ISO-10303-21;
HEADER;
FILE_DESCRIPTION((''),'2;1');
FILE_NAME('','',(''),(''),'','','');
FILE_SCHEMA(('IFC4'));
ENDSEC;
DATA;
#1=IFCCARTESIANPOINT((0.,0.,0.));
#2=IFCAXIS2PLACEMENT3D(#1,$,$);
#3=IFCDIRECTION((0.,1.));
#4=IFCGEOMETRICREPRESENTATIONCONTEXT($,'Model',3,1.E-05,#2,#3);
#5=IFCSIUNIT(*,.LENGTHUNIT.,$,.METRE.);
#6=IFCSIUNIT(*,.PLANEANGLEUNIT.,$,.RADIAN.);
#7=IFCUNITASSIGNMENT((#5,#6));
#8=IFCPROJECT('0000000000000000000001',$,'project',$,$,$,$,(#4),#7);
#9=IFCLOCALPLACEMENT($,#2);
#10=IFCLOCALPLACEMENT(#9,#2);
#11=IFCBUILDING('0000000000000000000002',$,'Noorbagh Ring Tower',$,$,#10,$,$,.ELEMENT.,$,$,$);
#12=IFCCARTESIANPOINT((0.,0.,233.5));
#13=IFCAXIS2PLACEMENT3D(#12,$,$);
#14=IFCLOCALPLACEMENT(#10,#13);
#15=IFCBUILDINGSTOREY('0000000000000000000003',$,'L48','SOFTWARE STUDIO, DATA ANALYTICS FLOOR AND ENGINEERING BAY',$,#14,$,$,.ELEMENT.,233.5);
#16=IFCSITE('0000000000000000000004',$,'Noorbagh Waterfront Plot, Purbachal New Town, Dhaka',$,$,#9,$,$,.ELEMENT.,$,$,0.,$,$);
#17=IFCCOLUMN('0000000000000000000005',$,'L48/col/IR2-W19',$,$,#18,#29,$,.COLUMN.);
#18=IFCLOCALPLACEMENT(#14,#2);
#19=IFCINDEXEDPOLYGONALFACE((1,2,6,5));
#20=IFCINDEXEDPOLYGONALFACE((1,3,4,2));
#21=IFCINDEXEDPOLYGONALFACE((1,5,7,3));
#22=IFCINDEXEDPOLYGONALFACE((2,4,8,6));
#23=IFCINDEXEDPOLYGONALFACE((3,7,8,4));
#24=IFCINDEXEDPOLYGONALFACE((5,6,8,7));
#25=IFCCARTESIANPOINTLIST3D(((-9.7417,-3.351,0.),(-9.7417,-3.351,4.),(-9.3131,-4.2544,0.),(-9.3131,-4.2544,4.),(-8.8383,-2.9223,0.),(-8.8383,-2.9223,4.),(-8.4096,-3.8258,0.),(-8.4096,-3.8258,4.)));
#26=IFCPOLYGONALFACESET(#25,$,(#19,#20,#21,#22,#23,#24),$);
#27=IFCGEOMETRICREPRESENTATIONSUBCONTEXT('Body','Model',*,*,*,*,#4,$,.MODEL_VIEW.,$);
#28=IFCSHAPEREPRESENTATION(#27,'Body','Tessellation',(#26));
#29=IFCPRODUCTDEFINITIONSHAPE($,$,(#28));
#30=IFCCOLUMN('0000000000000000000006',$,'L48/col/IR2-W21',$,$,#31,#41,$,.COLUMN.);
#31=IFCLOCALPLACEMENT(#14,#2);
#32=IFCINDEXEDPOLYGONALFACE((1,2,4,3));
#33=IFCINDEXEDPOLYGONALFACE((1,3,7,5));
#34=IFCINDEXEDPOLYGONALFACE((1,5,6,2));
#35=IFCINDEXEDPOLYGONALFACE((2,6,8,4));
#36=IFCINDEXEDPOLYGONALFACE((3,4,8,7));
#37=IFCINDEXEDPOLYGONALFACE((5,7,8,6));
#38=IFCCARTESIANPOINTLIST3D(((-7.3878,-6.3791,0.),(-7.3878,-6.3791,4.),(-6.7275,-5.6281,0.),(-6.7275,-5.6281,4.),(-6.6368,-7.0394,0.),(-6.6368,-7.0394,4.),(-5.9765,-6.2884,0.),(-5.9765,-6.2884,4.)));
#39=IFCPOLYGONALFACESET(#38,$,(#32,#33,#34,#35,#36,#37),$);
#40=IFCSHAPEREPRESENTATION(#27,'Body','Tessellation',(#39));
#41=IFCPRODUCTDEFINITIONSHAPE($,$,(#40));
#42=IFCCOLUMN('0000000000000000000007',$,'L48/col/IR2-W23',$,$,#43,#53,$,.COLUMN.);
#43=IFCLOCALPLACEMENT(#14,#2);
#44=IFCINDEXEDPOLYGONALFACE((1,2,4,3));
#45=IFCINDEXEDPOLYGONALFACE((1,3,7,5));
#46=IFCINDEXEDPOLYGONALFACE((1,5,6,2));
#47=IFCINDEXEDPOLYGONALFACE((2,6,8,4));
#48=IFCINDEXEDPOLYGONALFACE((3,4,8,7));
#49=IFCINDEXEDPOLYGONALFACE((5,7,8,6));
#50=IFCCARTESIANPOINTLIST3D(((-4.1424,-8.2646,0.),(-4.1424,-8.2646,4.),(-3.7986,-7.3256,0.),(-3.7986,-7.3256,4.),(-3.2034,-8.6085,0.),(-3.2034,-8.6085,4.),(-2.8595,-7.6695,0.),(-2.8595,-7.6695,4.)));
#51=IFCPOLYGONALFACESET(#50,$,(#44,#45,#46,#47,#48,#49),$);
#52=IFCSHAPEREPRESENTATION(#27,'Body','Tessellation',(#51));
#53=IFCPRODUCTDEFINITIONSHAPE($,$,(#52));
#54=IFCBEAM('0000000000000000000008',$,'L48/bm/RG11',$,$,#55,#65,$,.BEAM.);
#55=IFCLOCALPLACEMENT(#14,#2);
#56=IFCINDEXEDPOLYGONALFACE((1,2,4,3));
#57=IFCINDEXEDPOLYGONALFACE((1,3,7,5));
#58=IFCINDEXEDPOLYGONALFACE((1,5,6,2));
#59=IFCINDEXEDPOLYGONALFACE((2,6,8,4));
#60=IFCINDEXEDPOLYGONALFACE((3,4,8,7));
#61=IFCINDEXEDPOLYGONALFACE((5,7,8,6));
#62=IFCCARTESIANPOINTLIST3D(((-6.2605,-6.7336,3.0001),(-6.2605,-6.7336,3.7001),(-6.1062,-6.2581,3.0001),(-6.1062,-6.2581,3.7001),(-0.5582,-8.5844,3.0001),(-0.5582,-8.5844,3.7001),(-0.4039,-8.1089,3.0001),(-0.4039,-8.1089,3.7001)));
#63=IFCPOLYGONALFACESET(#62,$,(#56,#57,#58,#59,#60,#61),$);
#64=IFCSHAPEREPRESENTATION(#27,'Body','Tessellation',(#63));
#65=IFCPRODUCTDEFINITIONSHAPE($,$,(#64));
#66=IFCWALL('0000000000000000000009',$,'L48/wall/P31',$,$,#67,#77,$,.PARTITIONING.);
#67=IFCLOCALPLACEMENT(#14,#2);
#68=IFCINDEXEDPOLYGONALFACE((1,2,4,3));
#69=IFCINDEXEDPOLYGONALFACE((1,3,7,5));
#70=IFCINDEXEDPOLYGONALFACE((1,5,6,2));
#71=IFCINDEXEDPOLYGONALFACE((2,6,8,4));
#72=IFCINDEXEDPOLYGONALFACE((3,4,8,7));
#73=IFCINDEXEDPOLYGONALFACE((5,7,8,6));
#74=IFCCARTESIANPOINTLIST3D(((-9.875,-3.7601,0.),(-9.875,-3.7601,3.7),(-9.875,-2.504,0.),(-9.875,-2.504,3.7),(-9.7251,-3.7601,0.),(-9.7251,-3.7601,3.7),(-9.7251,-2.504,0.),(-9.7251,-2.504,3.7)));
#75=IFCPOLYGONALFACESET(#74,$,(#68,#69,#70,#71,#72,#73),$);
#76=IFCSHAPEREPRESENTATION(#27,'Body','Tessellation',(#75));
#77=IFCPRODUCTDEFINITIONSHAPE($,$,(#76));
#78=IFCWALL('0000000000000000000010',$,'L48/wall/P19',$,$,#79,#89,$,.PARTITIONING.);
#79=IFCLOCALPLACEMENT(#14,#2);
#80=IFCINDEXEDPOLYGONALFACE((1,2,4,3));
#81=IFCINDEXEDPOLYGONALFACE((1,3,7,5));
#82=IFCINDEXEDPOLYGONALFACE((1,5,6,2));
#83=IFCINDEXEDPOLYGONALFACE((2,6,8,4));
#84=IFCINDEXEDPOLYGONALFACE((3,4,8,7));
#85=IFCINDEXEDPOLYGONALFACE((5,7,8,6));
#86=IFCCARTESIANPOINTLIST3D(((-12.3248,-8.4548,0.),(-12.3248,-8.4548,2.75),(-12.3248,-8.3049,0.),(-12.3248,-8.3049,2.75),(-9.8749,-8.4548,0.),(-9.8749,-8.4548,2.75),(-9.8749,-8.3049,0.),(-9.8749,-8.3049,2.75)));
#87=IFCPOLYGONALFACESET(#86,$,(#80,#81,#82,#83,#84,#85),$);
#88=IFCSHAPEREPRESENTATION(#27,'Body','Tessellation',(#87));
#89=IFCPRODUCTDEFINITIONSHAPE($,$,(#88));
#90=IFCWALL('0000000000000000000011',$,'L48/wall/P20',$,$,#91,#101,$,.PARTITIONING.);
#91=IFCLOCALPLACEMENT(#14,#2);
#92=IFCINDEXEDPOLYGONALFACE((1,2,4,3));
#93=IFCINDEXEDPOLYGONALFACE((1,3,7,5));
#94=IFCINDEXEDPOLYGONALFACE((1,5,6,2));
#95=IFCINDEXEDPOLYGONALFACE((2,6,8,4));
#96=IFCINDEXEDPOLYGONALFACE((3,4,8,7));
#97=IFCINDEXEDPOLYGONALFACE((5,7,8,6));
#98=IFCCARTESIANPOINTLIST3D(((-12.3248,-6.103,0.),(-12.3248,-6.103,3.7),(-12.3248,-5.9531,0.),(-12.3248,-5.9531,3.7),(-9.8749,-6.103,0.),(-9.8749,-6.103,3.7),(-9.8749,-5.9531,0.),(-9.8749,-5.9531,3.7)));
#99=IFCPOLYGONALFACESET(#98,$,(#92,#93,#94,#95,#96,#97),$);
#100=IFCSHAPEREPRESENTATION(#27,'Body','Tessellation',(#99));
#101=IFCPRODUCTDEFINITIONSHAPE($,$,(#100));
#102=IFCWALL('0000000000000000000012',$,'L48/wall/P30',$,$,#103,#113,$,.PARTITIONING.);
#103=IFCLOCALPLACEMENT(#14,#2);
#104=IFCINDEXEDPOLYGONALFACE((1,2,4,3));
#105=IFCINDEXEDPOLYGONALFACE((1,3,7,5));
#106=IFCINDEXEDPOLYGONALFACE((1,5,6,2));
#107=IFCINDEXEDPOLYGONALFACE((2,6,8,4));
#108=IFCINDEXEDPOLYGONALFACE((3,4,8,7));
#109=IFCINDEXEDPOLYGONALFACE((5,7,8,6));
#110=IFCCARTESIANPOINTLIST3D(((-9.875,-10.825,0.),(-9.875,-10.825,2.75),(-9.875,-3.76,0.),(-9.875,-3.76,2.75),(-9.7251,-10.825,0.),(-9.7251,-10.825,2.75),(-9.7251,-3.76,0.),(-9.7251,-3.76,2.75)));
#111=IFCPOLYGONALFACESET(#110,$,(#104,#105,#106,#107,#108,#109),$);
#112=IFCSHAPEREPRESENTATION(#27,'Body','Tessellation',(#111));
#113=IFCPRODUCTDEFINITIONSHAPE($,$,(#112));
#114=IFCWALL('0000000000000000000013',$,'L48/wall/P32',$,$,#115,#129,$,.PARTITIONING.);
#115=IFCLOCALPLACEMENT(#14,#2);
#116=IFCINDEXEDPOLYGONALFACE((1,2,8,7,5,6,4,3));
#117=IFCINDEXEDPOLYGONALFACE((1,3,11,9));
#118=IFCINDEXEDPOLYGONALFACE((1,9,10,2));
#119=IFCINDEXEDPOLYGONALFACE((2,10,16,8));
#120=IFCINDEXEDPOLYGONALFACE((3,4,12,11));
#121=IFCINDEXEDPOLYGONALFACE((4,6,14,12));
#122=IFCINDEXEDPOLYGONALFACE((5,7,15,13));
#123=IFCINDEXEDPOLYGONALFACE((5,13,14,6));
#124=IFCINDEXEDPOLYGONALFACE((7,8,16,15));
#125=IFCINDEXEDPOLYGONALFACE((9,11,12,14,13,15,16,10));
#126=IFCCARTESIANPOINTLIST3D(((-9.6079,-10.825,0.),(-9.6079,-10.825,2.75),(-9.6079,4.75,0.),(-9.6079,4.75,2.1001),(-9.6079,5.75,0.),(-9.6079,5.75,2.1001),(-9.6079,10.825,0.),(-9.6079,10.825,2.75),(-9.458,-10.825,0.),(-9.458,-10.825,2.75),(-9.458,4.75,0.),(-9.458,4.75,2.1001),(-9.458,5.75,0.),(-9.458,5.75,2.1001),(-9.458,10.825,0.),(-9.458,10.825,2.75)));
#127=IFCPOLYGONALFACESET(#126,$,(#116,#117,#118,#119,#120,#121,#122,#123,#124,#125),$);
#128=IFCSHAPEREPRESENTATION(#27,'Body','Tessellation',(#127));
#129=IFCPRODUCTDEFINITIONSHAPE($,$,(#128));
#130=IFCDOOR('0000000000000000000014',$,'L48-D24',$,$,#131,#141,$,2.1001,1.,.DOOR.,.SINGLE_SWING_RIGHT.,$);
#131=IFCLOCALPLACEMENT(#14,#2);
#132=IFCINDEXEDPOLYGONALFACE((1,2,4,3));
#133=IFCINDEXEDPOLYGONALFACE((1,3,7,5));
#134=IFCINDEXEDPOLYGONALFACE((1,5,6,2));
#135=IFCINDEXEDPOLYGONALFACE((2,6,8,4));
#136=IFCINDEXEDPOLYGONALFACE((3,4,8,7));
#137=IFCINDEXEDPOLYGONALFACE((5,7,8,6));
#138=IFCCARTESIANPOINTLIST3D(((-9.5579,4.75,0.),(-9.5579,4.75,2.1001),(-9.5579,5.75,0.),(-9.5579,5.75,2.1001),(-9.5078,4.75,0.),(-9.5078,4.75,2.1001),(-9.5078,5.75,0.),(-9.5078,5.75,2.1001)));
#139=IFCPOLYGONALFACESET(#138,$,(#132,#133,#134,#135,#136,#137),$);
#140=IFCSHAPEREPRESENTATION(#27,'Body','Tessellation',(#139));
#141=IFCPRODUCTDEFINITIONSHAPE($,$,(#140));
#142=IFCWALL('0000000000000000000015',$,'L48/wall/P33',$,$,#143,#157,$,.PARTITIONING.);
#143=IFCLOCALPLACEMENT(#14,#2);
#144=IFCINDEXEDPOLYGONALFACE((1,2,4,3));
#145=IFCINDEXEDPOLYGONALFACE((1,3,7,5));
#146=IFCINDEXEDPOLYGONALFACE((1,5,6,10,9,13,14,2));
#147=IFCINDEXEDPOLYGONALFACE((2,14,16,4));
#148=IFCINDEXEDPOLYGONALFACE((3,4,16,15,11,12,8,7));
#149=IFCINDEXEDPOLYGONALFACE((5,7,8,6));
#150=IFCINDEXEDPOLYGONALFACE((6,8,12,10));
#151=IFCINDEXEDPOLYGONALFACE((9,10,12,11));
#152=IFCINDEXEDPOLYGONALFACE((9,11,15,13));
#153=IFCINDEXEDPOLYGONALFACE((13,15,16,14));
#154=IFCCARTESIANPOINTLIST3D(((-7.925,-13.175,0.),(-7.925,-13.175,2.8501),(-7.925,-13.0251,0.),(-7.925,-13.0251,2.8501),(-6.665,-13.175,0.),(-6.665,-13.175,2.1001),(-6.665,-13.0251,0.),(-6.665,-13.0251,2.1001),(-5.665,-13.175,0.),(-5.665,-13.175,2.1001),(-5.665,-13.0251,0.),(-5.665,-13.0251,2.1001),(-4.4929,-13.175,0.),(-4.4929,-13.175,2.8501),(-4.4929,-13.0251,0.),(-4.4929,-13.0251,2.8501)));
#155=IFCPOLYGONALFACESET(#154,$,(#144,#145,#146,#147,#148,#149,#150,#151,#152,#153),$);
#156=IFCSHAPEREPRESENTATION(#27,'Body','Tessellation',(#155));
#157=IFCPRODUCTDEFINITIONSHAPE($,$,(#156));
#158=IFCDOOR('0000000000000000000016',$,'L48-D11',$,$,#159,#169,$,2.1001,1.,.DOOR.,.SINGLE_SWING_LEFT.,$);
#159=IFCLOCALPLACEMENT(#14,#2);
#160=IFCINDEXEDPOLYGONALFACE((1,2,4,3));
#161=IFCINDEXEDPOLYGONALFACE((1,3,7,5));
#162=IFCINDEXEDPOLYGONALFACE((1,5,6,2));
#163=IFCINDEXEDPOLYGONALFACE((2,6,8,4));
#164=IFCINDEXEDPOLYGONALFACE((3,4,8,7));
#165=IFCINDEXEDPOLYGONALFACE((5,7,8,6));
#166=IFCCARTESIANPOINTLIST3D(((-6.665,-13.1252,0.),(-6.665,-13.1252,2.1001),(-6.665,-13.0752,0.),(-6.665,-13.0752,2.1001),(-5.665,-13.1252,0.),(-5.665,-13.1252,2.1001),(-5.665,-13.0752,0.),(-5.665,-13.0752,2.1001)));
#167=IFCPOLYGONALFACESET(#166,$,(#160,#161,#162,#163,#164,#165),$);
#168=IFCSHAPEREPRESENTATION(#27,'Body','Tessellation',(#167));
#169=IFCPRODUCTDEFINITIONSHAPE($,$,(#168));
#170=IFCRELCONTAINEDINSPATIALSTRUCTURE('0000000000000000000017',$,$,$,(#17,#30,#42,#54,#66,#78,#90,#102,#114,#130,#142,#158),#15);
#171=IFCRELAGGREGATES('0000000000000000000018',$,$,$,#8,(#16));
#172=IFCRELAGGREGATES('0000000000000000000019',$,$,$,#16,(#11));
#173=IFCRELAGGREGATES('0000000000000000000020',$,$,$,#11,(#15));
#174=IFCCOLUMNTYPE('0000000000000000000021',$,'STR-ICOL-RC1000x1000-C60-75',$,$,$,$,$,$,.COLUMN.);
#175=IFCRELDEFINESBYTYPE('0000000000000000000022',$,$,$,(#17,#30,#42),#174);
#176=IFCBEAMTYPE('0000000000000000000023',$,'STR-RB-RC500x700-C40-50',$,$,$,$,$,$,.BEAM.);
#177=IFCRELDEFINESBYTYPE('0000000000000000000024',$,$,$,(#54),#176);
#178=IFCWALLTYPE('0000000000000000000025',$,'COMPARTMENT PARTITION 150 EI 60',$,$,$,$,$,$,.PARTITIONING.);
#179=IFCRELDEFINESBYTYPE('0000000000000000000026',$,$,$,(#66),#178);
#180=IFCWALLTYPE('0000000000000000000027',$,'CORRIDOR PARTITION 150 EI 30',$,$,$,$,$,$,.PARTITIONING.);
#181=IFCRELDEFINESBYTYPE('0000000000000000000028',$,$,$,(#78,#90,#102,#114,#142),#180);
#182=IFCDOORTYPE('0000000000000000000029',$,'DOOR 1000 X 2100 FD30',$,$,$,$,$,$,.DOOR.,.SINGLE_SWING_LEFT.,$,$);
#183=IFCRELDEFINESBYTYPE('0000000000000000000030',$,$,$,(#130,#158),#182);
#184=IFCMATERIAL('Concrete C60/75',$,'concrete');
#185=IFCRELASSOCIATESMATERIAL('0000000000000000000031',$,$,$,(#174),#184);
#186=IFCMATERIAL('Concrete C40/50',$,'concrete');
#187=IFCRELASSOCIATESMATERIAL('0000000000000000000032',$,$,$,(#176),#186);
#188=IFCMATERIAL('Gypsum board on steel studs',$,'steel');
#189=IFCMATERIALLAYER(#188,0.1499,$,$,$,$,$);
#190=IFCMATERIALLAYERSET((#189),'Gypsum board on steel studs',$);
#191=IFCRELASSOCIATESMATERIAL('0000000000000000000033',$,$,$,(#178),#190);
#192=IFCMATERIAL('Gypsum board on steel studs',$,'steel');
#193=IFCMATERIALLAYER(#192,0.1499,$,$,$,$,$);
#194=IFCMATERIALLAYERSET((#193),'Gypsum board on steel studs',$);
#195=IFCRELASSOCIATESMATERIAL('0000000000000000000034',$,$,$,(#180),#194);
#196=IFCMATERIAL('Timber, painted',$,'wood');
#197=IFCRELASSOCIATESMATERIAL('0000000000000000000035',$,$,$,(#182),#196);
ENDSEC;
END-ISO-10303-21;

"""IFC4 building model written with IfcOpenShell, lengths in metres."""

from ifc_helpers import new_model, si_unit, direction, frame, frame_2d, origin, origin_2d, place, context, subcontext, project, spatial, rectangle, extrude, material, layer, layer_set, material_profile, profile_set, type_object, element, fill, save


model = new_model("IFC4")

# Units and contexts
model_context = context("Model", 3, precision=1e-05, world=origin(), true_north=direction((0.0, 1.0)))
body_context = subcontext(model_context, "Body", "Model", "MODEL_VIEW")
ifc_project = project(units=[si_unit("LENGTHUNIT", "METRE"), si_unit("PLANEANGLEUNIT", "RADIAN")], contexts=[model_context])

# Site, building, storey
site_placement = place(None, origin())
site = spatial("IfcSite", under=ifc_project, at=site_placement, Name="Noorbagh Waterfront Plot, Purbachal New Town, Dhaka", CompositionType="ELEMENT", RefElevation=0.0)
building_placement = place(site_placement, origin())
building = spatial("IfcBuilding", under=site, at=building_placement, Name="Noorbagh Ring Tower", CompositionType="ELEMENT")
storey_placement = place(building_placement, frame((0.0, 0.0, 233.5)))
storey = spatial("IfcBuildingStorey", under=building, at=storey_placement, Name="L48", Description="SOFTWARE STUDIO, DATA ANALYTICS FLOOR AND ENGINEERING BAY", CompositionType="ELEMENT", Elevation=233.5)

# Columns
ifc_material_1 = material(Name="Concrete C60/75", Category="concrete")
ifc_material_profile_1 = material_profile(ifc_material_1, rectangle(XDim=1.0, YDim=1.0, at=origin_2d()), Name="RC1000x1000")
ifc_profile_set_1 = profile_set([ifc_material_profile_1], Name="Concrete C60/75")
column_type = type_object("IfcColumnType", Name="STR-ICOL-RC1000x1000-C60-75", PredefinedType="COLUMN", material=ifc_profile_set_1)
for number, where, z_axis, x_axis, name in (
    (1, (-9.0757, -3.5884, 0.0), (0.0, 0.0, 1.0), (0.428667, -0.903463, 0.0), "L48/col/IR2-W19"),
    (2, (-6.6821, -6.3337, 0.0), (0.0, 0.0, 1.0), (0.751022, -0.660277, 0.0), "L48/col/IR2-W21"),
    (3, (-3.501, -7.967, 0.0), (0.0, 0.0, 1.0), (0.93902, -0.343864, 0.0), "L48/col/IR2-W23"),
):
    element("IfcColumn", number, at=place(storey_placement, frame(where, z_axis=z_axis, x_axis=x_axis)), inside=storey, type_object=column_type, Name=name, PredefinedType="COLUMN", context=body_context, shape_type="SweptSolid", body=[
        extrude(rectangle(XDim=1.0, YDim=1.0, at=origin_2d()), origin(), (0.0, 0.0, 1.0), 4.0),
    ])

# Beam
ifc_material_2 = material(Name="Concrete C40/50", Category="concrete")
ifc_material_profile_2 = material_profile(ifc_material_2, rectangle(XDim=0.5, YDim=0.7, at=origin_2d()), Name="RC500x700")
ifc_profile_set_2 = profile_set([ifc_material_profile_2], Name="Concrete C40/50")
beam_type = type_object("IfcBeamType", Name="STR-RB-RC500x700-C40-50", PredefinedType="BEAM", material=ifc_profile_set_2)
beam_placement = place(storey_placement, frame((-6.1833, -6.4958, 3.3501), z_axis=(0.951154, -0.308717, 0.0), x_axis=(0.308717, 0.951154, 0.0)))
element("IfcBeam", 4, at=beam_placement, inside=storey, type_object=beam_type, Name="L48/bm/RG11", PredefinedType="BEAM", context=body_context, shape_type="SweptSolid", body=[
    extrude(rectangle(XDim=0.5, YDim=0.7, at=origin_2d()), origin(), (0.0, 0.0, 1.0), 5.9951),
])

# Walls
ifc_material_3 = material(Name="Gypsum board on steel studs", Category="steel")
ifc_layer_1 = layer(ifc_material_3, 0.1499)
ifc_layer_set_1 = layer_set([ifc_layer_1], Name="Gypsum board on steel studs")
wall_type_1 = type_object("IfcWallType", Name="COMPARTMENT PARTITION 150 EI 60", PredefinedType="PARTITIONING", material=ifc_layer_set_1)
wall_1_placement = place(storey_placement, frame((-9.8, -3.76, 0.0), z_axis=(0.0, 0.0, 1.0), x_axis=(0.0, 1.0, 0.0)))
element("IfcWall", 5, at=wall_1_placement, inside=storey, type_object=wall_type_1, Name="L48/wall/P31", PredefinedType="PARTITIONING", context=body_context, shape_type="SweptSolid", body=[
    extrude(rectangle(XDim=1.2561, YDim=0.1499, at=frame_2d((0.6279, 0.0))), origin(), (0.0, 0.0, 1.0), 3.7),
])
ifc_material_4 = material(Name="Gypsum board on steel studs", Category="steel")
ifc_layer_2 = layer(ifc_material_4, 0.1499)
ifc_layer_set_2 = layer_set([ifc_layer_2], Name="Gypsum board on steel studs")
wall_type_2 = type_object("IfcWallType", Name="CORRIDOR PARTITION 150 EI 30", PredefinedType="PARTITIONING", material=ifc_layer_set_2)
wall_2_placement = place(storey_placement, frame((-12.325, -8.3799, 0.0), z_axis=(0.0, 0.0, 1.0), x_axis=(1.0, 0.0, 0.0)))
element("IfcWall", 6, at=wall_2_placement, inside=storey, type_object=wall_type_2, Name="L48/wall/P19", PredefinedType="PARTITIONING", context=body_context, shape_type="SweptSolid", body=[
    extrude(rectangle(XDim=2.45, YDim=0.1499, at=frame_2d((1.2251, 0.0))), origin(), (0.0, 0.0, 1.0), 2.75),
])
wall_3_placement = place(storey_placement, frame((-12.325, -6.0281, 0.0), z_axis=(0.0, 0.0, 1.0), x_axis=(1.0, 0.0, 0.0)))
element("IfcWall", 7, at=wall_3_placement, inside=storey, type_object=wall_type_2, Name="L48/wall/P20", PredefinedType="PARTITIONING", context=body_context, shape_type="SweptSolid", body=[
    extrude(rectangle(XDim=2.45, YDim=0.1499, at=frame_2d((1.2251, 0.0))), origin(), (0.0, 0.0, 1.0), 3.7),
])
wall_4_placement = place(storey_placement, frame((-9.8, -10.825, 0.0), z_axis=(0.0, 0.0, 1.0), x_axis=(0.0, 1.0, 0.0)))
element("IfcWall", 8, at=wall_4_placement, inside=storey, type_object=wall_type_2, Name="L48/wall/P30", PredefinedType="PARTITIONING", context=body_context, shape_type="SweptSolid", body=[
    extrude(rectangle(XDim=7.0649, YDim=0.1499, at=frame_2d((3.5325, 0.0))), origin(), (0.0, 0.0, 1.0), 2.75),
])

# Walls, openings, doors
wall_5_placement = place(storey_placement, frame((-9.533, -10.825, 0.0), z_axis=(0.0, 0.0, 1.0), x_axis=(0.0, 1.0, 0.0)))
wall_5 = element("IfcWall", 9, at=wall_5_placement, inside=storey, type_object=wall_type_2, Name="L48/wall/P32", PredefinedType="PARTITIONING", context=body_context, shape_type="SweptSolid", body=[
    extrude(rectangle(XDim=21.6499, YDim=0.1499, at=frame_2d((10.825, 0.0))), origin(), (0.0, 0.0, 1.0), 2.75),
])
opening_1_placement = place(wall_5_placement, frame((15.575, 0.0, 0.0)))
opening_1 = element("IfcOpeningElement", 10, at=opening_1_placement, cuts=wall_5, PredefinedType="OPENING", context=body_context, shape_type="SweptSolid", body=[
    extrude(rectangle(XDim=1.0, YDim=2.1001, at=frame_2d((0.5, 1.05))), frame((0.0, 0.085, 0.0), z_axis=(0.0, -1.0, 0.0), x_axis=(1.0, 0.0, 0.0)), (0.0, 0.0, 1.0), 0.1699),
])
ifc_material_5 = material(Name="Timber, painted", Category="wood")
door_type = type_object("IfcDoorType", Name="DOOR 1000 X 2100 FD30", OperationType="SINGLE_SWING_LEFT", PredefinedType="DOOR", material=ifc_material_5)
door_1_placement = place(opening_1_placement, origin())
door_1 = element("IfcDoor", 11, at=door_1_placement, inside=storey, type_object=door_type, Name="L48-D24", OperationType="SINGLE_SWING_RIGHT", OverallHeight=2.1001, OverallWidth=1.0, PredefinedType="DOOR", context=body_context, shape_type="SweptSolid", body=[
    extrude(rectangle(XDim=1.0, YDim=2.1001, at=frame_2d((0.5, 1.05))), frame((0.0, 0.0249, 0.0), z_axis=(0.0, -1.0, 0.0), x_axis=(1.0, 0.0, 0.0)), (0.0, 0.0, 1.0), 0.05),
])
fill(opening_1, door_1)
wall_6_placement = place(storey_placement, frame((-7.925, -13.1001, 0.0), z_axis=(0.0, 0.0, 1.0), x_axis=(1.0, 0.0, 0.0)))
wall_6 = element("IfcWall", 12, at=wall_6_placement, inside=storey, type_object=wall_type_2, Name="L48/wall/P33", PredefinedType="PARTITIONING", context=body_context, shape_type="SweptSolid", body=[
    extrude(rectangle(XDim=3.4321, YDim=0.1499, at=frame_2d((1.7161, 0.0))), origin(), (0.0, 0.0, 1.0), 2.8501),
])
opening_2_placement = place(wall_6_placement, frame((1.26, 0.0, 0.0)))
opening_2 = element("IfcOpeningElement", 13, at=opening_2_placement, cuts=wall_6, PredefinedType="OPENING", context=body_context, shape_type="SweptSolid", body=[
    extrude(rectangle(XDim=1.0, YDim=2.1001, at=frame_2d((0.5, 1.05))), frame((0.0, 0.085, 0.0), z_axis=(0.0, -1.0, 0.0), x_axis=(1.0, 0.0, 0.0)), (0.0, 0.0, 1.0), 0.1699),
])
door_2_placement = place(opening_2_placement, origin())
door_2 = element("IfcDoor", 14, at=door_2_placement, inside=storey, type_object=door_type, Name="L48-D11", OperationType="SINGLE_SWING_LEFT", OverallHeight=2.1001, OverallWidth=1.0, PredefinedType="DOOR", context=body_context, shape_type="SweptSolid", body=[
    extrude(rectangle(XDim=1.0, YDim=2.1001, at=frame_2d((0.5, 1.05))), frame((0.0, 0.0249, 0.0), z_axis=(0.0, -1.0, 0.0), x_axis=(1.0, 0.0, 0.0)), (0.0, 0.0, 1.0), 0.05),
])
fill(opening_2, door_2)

save(model, "model.ifc")
